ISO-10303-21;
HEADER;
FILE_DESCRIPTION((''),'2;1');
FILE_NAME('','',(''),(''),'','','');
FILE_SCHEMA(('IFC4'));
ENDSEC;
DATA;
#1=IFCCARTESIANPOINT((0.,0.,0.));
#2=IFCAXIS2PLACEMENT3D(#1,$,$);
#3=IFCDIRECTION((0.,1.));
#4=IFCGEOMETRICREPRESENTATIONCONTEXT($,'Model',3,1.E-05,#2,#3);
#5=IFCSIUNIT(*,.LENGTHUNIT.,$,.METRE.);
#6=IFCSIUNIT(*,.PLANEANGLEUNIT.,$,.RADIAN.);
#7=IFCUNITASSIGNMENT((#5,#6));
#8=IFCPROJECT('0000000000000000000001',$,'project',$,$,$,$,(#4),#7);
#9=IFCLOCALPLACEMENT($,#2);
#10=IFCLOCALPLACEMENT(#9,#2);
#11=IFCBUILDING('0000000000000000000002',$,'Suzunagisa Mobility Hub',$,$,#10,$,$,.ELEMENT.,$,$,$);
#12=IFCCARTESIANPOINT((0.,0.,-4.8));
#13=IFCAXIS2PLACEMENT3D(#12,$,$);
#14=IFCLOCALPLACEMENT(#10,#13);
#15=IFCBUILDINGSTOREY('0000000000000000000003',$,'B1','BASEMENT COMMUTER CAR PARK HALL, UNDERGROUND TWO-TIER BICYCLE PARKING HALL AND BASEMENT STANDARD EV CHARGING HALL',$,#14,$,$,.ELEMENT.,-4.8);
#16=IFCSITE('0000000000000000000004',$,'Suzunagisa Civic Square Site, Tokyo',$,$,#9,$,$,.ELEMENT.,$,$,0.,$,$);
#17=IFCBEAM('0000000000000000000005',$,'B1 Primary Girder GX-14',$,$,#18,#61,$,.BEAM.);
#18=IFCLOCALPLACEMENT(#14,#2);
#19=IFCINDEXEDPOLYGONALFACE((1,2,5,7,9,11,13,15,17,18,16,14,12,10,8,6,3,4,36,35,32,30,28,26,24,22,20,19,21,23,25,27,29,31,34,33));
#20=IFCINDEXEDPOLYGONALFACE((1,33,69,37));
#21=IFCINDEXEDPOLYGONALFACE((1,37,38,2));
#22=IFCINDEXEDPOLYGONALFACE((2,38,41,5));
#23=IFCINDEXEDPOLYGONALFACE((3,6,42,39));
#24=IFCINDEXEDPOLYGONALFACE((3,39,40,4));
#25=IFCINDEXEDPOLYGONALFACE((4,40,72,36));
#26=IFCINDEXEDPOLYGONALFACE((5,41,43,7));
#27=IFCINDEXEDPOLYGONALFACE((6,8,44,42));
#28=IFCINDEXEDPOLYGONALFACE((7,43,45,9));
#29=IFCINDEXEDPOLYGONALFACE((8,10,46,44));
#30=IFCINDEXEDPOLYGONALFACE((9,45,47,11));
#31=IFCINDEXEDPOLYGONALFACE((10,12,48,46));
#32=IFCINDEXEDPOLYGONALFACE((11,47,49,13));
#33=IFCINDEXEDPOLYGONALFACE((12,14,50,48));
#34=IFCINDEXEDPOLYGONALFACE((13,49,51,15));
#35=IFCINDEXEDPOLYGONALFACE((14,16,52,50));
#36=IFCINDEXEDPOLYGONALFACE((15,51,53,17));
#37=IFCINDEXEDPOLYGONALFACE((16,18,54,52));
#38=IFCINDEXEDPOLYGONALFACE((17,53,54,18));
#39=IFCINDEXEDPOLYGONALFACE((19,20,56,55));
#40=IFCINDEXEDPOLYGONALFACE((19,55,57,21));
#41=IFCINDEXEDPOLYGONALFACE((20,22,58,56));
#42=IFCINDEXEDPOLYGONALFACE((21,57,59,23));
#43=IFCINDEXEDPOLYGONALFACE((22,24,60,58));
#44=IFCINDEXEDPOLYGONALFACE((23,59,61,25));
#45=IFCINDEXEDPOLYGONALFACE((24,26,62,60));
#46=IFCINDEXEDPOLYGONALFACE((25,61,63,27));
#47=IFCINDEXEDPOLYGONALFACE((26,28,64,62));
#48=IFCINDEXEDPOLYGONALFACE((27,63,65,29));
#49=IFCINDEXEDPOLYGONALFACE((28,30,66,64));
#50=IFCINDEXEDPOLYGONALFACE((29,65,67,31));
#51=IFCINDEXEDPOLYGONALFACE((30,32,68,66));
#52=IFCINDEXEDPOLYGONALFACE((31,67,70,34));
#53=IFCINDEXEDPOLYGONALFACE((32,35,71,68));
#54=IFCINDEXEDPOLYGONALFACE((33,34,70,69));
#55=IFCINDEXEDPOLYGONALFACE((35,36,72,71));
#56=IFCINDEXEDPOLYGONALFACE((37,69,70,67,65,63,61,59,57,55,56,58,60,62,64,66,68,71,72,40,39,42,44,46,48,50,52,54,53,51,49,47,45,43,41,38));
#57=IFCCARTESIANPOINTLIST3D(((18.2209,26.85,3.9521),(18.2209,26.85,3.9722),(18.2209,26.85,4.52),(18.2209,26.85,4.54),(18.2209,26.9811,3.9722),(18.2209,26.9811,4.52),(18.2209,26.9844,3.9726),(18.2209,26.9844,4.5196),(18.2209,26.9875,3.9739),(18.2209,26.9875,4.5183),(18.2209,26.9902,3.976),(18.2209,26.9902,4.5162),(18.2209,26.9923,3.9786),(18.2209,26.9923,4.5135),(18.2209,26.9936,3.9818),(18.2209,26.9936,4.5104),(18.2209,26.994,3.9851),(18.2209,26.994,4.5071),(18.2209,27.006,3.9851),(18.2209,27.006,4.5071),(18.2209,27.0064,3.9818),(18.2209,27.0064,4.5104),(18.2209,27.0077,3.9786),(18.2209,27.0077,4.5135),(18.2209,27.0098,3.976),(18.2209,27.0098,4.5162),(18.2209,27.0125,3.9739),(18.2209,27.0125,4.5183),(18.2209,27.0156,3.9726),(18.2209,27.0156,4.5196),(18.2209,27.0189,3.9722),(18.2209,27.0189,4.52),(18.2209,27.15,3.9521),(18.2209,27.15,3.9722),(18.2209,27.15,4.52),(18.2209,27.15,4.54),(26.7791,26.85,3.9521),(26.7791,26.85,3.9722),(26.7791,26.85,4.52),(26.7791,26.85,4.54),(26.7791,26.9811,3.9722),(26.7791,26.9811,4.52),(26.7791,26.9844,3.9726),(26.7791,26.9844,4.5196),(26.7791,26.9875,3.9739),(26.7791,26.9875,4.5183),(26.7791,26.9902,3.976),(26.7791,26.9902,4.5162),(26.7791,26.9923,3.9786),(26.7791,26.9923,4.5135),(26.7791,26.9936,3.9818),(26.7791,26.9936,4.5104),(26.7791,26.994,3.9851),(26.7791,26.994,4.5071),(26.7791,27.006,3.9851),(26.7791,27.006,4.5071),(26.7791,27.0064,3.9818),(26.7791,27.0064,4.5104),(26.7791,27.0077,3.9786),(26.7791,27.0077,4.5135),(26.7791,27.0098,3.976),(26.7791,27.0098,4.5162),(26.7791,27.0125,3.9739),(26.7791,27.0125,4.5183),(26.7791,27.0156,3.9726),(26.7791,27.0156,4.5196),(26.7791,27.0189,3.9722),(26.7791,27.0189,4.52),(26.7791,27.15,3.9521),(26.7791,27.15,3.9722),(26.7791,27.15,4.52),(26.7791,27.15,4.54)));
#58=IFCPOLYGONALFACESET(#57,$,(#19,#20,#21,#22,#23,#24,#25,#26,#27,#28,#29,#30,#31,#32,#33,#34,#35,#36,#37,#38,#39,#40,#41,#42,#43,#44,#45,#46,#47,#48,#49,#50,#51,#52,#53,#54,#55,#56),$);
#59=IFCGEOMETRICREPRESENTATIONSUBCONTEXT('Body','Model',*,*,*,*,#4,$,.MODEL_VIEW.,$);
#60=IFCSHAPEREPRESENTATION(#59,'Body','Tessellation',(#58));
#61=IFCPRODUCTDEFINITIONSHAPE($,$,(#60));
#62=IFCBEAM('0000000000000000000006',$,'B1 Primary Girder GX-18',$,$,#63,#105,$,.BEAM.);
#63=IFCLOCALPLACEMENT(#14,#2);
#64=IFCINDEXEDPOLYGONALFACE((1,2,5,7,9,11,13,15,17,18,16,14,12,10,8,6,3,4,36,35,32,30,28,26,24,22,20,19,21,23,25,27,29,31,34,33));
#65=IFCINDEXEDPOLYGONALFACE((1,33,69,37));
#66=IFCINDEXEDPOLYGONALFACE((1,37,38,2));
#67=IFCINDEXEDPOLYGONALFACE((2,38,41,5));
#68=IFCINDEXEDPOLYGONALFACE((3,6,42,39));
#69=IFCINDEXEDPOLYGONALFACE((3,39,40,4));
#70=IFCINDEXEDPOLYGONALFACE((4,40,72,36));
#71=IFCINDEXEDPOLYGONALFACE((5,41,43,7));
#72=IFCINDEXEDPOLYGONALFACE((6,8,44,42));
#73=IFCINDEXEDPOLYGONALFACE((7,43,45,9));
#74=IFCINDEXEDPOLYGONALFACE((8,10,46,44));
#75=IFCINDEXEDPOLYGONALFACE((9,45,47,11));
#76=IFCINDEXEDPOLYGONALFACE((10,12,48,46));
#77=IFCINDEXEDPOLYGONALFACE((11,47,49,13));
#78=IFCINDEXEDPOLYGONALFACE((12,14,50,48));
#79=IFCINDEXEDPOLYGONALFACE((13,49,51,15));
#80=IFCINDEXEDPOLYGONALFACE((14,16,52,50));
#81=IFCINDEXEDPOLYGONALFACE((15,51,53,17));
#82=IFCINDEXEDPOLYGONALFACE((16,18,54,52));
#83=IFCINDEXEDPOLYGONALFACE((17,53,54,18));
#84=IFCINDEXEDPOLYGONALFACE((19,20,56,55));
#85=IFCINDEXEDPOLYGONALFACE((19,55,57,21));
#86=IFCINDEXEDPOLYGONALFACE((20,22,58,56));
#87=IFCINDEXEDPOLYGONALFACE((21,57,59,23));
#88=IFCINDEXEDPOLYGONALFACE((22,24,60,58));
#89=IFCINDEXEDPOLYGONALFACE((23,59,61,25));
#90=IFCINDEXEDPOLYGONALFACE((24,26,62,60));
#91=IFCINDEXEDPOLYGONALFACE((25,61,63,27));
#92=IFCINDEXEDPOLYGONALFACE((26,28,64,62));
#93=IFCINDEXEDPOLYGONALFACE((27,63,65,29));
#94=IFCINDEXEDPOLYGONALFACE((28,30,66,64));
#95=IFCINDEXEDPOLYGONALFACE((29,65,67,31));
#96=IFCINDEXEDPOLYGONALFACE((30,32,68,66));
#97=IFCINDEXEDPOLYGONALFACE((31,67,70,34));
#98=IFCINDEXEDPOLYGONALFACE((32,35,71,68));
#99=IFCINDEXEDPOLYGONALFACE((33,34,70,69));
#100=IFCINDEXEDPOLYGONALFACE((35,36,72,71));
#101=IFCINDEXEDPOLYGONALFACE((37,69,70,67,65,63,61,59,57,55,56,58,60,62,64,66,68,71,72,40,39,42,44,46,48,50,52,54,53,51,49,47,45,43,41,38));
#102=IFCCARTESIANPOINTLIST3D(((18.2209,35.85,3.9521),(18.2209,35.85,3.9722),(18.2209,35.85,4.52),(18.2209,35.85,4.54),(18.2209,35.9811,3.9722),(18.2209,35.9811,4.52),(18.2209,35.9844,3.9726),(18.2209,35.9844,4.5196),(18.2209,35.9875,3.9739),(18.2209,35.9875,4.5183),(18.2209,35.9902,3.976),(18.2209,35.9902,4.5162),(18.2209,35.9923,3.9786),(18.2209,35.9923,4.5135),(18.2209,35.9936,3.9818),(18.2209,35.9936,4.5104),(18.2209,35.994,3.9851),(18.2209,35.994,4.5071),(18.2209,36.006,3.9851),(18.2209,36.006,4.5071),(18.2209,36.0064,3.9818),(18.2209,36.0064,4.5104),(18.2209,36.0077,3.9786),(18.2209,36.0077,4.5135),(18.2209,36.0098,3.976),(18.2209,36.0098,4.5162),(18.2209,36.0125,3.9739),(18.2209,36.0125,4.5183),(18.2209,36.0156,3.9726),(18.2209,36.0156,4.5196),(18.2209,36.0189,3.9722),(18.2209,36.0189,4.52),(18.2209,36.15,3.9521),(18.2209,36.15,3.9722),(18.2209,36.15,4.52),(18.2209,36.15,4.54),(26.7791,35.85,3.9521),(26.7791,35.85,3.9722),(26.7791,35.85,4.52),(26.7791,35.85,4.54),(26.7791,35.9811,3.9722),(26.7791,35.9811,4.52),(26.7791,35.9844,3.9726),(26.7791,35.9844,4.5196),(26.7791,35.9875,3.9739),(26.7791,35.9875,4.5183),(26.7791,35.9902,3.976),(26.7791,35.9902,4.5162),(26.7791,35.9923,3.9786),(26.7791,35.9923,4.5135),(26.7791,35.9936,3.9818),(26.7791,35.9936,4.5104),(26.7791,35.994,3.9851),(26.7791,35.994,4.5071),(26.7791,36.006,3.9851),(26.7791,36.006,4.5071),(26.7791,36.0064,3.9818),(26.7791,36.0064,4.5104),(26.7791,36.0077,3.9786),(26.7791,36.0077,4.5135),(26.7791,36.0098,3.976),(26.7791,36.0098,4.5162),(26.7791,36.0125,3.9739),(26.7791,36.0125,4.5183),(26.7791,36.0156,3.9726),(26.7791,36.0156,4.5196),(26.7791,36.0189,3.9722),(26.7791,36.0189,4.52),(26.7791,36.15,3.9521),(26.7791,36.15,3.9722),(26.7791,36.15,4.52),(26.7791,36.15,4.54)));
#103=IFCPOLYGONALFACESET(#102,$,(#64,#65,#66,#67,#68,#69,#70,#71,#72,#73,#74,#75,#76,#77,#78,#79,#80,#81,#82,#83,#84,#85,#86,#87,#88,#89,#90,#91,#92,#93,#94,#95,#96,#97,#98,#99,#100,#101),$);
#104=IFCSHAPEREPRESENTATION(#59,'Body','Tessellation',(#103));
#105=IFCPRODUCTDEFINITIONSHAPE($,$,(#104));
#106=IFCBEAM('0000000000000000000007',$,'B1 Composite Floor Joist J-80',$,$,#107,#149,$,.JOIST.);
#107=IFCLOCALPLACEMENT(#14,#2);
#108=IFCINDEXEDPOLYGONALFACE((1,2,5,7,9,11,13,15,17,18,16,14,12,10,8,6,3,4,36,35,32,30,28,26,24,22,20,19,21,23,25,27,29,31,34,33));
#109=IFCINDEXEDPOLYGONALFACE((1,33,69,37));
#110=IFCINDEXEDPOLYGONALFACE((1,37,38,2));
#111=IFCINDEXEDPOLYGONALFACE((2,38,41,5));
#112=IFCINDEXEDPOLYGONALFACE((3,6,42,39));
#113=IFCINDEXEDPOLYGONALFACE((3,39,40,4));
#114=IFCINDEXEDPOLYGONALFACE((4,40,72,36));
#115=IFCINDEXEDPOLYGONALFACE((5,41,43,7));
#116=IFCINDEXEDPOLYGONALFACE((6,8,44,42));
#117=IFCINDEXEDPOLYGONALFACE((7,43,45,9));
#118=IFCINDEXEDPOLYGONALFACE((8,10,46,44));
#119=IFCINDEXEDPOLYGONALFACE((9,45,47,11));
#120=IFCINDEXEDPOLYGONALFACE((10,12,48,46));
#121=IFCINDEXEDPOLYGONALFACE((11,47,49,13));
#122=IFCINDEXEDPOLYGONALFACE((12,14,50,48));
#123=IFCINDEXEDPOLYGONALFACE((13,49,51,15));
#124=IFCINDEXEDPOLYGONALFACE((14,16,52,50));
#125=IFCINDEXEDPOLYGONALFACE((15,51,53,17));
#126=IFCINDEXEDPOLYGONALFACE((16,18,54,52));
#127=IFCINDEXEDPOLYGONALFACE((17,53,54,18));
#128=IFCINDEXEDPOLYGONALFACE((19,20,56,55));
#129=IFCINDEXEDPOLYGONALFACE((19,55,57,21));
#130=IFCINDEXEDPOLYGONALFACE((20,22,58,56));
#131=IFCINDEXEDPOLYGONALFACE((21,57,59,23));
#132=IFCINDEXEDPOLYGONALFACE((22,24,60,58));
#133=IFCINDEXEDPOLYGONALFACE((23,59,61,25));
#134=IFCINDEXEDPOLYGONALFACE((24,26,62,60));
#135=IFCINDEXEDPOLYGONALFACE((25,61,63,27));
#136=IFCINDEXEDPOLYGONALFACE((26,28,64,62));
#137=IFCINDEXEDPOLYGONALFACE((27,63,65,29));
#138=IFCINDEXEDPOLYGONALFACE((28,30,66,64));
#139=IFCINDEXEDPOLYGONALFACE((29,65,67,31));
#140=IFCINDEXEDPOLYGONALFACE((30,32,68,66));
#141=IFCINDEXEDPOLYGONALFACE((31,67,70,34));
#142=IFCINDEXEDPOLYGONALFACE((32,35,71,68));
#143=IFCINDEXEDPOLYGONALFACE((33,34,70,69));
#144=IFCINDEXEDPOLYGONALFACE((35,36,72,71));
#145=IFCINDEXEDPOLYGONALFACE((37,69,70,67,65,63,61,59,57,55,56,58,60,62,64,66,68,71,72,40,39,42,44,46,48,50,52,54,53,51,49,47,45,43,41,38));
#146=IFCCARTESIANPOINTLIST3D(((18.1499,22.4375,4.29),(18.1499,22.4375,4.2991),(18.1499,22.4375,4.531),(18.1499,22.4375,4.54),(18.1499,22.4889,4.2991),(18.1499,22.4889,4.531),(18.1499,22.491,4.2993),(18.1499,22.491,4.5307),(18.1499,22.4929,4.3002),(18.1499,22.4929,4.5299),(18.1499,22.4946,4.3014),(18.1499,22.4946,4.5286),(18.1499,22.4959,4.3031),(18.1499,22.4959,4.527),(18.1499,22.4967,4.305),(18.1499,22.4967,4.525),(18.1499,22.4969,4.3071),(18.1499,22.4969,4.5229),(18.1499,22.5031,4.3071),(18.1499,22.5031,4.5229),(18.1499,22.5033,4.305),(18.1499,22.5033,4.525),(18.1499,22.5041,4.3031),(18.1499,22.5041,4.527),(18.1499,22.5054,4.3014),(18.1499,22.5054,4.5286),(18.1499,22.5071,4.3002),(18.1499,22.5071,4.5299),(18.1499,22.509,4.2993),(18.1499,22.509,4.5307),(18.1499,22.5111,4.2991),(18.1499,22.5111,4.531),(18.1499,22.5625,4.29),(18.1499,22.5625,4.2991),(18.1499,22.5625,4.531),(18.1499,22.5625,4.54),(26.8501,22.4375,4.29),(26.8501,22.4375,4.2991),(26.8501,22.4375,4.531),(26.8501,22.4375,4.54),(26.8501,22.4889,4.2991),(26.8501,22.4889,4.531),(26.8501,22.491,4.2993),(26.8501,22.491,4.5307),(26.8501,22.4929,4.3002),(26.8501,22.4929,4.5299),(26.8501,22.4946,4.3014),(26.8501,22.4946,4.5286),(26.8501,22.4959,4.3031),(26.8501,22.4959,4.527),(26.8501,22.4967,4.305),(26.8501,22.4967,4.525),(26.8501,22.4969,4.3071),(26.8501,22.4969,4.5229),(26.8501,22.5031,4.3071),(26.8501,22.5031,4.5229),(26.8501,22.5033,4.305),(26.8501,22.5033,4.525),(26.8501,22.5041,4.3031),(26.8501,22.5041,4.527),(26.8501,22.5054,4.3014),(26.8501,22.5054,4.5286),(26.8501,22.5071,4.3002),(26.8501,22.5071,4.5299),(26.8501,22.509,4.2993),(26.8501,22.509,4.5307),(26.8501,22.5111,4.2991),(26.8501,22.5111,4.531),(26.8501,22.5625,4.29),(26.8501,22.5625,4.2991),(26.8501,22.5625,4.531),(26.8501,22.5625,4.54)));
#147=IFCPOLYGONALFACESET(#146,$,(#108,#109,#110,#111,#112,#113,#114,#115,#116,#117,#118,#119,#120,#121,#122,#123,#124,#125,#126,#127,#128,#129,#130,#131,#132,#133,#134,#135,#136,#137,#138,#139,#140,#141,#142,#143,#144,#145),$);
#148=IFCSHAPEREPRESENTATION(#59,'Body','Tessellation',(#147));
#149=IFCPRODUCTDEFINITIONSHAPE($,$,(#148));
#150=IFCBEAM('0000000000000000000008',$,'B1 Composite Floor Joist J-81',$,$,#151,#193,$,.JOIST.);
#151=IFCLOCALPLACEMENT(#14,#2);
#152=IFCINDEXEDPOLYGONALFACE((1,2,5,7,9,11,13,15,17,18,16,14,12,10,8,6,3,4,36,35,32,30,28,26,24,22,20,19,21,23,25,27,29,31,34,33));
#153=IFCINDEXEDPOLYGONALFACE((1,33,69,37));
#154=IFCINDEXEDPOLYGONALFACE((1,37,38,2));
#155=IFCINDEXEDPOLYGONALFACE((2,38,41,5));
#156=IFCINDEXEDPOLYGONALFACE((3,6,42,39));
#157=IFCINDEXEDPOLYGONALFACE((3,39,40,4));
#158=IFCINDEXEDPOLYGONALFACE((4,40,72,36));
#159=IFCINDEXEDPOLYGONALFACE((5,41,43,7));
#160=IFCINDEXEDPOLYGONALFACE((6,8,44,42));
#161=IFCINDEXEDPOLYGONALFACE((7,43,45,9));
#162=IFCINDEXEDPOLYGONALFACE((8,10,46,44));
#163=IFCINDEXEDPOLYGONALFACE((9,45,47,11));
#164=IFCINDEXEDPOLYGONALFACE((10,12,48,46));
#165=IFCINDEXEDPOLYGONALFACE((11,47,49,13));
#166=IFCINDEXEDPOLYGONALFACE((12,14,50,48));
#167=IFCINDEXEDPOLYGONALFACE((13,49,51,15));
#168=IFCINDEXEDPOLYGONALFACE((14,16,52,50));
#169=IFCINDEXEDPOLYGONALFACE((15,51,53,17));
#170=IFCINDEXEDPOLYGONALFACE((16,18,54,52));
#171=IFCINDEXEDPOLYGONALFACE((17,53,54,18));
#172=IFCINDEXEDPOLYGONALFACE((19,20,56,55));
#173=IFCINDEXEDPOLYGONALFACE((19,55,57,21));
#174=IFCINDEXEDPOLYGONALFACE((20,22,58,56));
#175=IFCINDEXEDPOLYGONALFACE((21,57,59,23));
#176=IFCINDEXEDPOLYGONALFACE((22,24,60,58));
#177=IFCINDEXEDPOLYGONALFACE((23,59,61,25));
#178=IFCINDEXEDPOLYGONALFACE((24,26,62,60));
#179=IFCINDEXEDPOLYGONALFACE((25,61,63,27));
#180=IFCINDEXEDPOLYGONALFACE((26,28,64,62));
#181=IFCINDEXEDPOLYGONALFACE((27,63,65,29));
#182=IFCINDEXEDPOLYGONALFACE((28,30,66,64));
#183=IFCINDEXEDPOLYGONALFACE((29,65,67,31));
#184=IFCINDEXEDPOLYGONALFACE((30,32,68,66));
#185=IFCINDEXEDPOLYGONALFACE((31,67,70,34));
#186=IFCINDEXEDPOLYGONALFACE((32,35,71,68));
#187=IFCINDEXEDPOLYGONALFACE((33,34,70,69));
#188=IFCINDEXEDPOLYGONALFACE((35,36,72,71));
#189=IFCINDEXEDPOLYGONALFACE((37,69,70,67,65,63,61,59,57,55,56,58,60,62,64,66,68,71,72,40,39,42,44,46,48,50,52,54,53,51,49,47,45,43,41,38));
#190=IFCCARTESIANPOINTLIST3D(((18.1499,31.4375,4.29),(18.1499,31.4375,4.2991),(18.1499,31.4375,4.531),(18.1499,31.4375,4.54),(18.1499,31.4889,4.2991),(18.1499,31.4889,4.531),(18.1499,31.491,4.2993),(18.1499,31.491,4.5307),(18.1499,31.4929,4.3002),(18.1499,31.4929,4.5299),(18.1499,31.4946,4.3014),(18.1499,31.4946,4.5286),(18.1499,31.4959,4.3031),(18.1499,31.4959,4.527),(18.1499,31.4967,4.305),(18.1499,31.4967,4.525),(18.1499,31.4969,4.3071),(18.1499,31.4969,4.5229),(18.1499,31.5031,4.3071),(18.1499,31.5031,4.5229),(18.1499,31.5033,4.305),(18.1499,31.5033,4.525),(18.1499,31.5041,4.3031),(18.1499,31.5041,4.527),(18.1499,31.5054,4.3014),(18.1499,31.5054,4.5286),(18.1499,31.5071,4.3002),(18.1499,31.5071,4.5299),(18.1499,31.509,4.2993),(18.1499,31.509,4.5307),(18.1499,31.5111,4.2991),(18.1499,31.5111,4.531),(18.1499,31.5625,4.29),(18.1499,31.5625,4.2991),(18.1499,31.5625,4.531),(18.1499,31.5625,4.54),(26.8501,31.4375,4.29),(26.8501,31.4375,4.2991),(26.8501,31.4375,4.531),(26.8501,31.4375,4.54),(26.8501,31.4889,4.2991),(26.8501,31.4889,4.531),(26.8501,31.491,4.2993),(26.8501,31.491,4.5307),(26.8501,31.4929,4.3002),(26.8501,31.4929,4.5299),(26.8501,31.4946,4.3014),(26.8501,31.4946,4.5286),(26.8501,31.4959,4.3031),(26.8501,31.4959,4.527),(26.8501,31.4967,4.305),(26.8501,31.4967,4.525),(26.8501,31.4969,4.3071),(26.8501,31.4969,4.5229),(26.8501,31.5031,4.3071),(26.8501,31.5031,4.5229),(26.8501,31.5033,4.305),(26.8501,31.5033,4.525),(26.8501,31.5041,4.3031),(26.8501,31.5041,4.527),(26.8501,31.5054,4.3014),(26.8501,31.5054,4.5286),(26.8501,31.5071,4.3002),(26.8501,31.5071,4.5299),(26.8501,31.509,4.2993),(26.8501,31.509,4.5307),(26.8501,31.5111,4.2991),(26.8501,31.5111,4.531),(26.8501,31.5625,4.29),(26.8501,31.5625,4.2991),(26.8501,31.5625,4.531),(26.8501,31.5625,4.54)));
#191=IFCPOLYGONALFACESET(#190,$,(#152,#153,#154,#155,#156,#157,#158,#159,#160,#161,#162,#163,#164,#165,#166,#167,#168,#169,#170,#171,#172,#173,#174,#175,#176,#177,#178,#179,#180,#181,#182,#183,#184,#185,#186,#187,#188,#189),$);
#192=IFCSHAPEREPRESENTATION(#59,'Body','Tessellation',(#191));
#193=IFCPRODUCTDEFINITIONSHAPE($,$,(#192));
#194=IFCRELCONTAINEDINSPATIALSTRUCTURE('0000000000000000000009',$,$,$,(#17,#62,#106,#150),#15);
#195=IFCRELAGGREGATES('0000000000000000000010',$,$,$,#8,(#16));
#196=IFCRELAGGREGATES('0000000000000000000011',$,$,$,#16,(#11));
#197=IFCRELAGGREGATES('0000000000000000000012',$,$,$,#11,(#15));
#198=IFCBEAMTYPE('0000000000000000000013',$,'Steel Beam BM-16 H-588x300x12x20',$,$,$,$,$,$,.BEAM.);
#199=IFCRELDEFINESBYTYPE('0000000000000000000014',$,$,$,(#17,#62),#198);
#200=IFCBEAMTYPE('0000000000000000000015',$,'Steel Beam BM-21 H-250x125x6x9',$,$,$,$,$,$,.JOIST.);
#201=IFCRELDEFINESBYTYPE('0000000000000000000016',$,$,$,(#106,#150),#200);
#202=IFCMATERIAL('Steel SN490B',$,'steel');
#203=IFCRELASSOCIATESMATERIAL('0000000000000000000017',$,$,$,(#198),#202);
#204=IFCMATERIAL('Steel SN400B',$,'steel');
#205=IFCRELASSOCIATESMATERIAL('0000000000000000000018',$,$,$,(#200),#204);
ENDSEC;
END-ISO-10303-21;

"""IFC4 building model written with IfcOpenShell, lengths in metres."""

from ifc_helpers import new_model, si_unit, direction, frame, origin, origin_2d, place, context, subcontext, project, spatial, i_section, extrude, material, material_profile, profile_set, type_object, element, save


model = new_model("IFC4")

# Units and contexts
model_context = context("Model", 3, precision=1e-05, world=origin(), true_north=direction((0.0, 1.0)))
body_context = subcontext(model_context, "Body", "Model", "MODEL_VIEW")
ifc_project = project(units=[si_unit("LENGTHUNIT", "METRE"), si_unit("PLANEANGLEUNIT", "RADIAN")], contexts=[model_context])

# Site, building, storey
site_placement = place(None, origin())
site = spatial("IfcSite", under=ifc_project, at=site_placement, Name="Suzunagisa Civic Square Site, Tokyo", CompositionType="ELEMENT", RefElevation=0.0)
building_placement = place(site_placement, origin())
building = spatial("IfcBuilding", under=site, at=building_placement, Name="Suzunagisa Mobility Hub", CompositionType="ELEMENT")
storey_placement = place(building_placement, frame((0.0, 0.0, -4.8)))
storey = spatial("IfcBuildingStorey", under=building, at=storey_placement, Name="B1", Description="BASEMENT COMMUTER CAR PARK HALL, UNDERGROUND TWO-TIER BICYCLE PARKING HALL AND BASEMENT STANDARD EV CHARGING HALL", CompositionType="ELEMENT", Elevation=-4.8)

# Shared definitions
ifc_material_1 = material(Name="Steel SN490B", Category="steel")

# Beams
ifc_material_profile_1 = material_profile(ifc_material_1, i_section(OverallWidth=0.3, OverallDepth=0.5879, WebThickness=0.012, FlangeThickness=0.02, FilletRadius=0.0129, at=origin_2d()), Name="H-588x300x12x20")
ifc_profile_set_1 = profile_set([ifc_material_profile_1], Name="Steel SN490B")
beam_type_1 = type_object("IfcBeamType", Name="Steel Beam BM-16 H-588x300x12x20", PredefinedType="BEAM", material=ifc_profile_set_1)
for number, where, z_axis, x_axis, name in (
    (1, (18.2209, 27.0, 4.2461), (1.0, 0.0, 0.0), (0.0, 1.0, 0.0), "B1 Primary Girder GX-14"),
    (2, (18.2209, 36.0, 4.2461), (1.0, 0.0, 0.0), (0.0, 1.0, 0.0), "B1 Primary Girder GX-18"),
):
    element("IfcBeam", number, at=place(storey_placement, frame(where, z_axis=z_axis, x_axis=x_axis)), inside=storey, type_object=beam_type_1, Name=name, PredefinedType="BEAM", context=body_context, shape_type="SweptSolid", body=[
        extrude(i_section(OverallWidth=0.3, OverallDepth=0.5879, WebThickness=0.012, FlangeThickness=0.02, FilletRadius=0.0129, at=origin_2d()), origin(), (0.0, 0.0, 1.0), 8.5581),
    ])
ifc_material_2 = material(Name="Steel SN400B", Category="steel")
ifc_material_profile_2 = material_profile(ifc_material_2, i_section(OverallWidth=0.125, OverallDepth=0.25, WebThickness=0.0061, FlangeThickness=0.009, FilletRadius=0.0081, at=origin_2d()), Name="H-250x125x6x9")
ifc_profile_set_2 = profile_set([ifc_material_profile_2], Name="Steel SN400B")
beam_type_2 = type_object("IfcBeamType", Name="Steel Beam BM-21 H-250x125x6x9", PredefinedType="JOIST", material=ifc_profile_set_2)
for number, where, z_axis, x_axis, name in (
    (3, (18.1499, 22.5, 4.415), (1.0, 0.0, 0.0), (0.0, 1.0, 0.0), "B1 Composite Floor Joist J-80"),
    (4, (18.1499, 31.5, 4.415), (1.0, 0.0, 0.0), (0.0, 1.0, 0.0), "B1 Composite Floor Joist J-81"),
):
    element("IfcBeam", number, at=place(storey_placement, frame(where, z_axis=z_axis, x_axis=x_axis)), inside=storey, type_object=beam_type_2, Name=name, PredefinedType="JOIST", context=body_context, shape_type="SweptSolid", body=[
        extrude(i_section(OverallWidth=0.125, OverallDepth=0.25, WebThickness=0.0061, FlangeThickness=0.009, FilletRadius=0.0081, at=origin_2d()), origin(), (0.0, 0.0, 1.0), 8.7002),
    ])

save(model, "model.ifc")
